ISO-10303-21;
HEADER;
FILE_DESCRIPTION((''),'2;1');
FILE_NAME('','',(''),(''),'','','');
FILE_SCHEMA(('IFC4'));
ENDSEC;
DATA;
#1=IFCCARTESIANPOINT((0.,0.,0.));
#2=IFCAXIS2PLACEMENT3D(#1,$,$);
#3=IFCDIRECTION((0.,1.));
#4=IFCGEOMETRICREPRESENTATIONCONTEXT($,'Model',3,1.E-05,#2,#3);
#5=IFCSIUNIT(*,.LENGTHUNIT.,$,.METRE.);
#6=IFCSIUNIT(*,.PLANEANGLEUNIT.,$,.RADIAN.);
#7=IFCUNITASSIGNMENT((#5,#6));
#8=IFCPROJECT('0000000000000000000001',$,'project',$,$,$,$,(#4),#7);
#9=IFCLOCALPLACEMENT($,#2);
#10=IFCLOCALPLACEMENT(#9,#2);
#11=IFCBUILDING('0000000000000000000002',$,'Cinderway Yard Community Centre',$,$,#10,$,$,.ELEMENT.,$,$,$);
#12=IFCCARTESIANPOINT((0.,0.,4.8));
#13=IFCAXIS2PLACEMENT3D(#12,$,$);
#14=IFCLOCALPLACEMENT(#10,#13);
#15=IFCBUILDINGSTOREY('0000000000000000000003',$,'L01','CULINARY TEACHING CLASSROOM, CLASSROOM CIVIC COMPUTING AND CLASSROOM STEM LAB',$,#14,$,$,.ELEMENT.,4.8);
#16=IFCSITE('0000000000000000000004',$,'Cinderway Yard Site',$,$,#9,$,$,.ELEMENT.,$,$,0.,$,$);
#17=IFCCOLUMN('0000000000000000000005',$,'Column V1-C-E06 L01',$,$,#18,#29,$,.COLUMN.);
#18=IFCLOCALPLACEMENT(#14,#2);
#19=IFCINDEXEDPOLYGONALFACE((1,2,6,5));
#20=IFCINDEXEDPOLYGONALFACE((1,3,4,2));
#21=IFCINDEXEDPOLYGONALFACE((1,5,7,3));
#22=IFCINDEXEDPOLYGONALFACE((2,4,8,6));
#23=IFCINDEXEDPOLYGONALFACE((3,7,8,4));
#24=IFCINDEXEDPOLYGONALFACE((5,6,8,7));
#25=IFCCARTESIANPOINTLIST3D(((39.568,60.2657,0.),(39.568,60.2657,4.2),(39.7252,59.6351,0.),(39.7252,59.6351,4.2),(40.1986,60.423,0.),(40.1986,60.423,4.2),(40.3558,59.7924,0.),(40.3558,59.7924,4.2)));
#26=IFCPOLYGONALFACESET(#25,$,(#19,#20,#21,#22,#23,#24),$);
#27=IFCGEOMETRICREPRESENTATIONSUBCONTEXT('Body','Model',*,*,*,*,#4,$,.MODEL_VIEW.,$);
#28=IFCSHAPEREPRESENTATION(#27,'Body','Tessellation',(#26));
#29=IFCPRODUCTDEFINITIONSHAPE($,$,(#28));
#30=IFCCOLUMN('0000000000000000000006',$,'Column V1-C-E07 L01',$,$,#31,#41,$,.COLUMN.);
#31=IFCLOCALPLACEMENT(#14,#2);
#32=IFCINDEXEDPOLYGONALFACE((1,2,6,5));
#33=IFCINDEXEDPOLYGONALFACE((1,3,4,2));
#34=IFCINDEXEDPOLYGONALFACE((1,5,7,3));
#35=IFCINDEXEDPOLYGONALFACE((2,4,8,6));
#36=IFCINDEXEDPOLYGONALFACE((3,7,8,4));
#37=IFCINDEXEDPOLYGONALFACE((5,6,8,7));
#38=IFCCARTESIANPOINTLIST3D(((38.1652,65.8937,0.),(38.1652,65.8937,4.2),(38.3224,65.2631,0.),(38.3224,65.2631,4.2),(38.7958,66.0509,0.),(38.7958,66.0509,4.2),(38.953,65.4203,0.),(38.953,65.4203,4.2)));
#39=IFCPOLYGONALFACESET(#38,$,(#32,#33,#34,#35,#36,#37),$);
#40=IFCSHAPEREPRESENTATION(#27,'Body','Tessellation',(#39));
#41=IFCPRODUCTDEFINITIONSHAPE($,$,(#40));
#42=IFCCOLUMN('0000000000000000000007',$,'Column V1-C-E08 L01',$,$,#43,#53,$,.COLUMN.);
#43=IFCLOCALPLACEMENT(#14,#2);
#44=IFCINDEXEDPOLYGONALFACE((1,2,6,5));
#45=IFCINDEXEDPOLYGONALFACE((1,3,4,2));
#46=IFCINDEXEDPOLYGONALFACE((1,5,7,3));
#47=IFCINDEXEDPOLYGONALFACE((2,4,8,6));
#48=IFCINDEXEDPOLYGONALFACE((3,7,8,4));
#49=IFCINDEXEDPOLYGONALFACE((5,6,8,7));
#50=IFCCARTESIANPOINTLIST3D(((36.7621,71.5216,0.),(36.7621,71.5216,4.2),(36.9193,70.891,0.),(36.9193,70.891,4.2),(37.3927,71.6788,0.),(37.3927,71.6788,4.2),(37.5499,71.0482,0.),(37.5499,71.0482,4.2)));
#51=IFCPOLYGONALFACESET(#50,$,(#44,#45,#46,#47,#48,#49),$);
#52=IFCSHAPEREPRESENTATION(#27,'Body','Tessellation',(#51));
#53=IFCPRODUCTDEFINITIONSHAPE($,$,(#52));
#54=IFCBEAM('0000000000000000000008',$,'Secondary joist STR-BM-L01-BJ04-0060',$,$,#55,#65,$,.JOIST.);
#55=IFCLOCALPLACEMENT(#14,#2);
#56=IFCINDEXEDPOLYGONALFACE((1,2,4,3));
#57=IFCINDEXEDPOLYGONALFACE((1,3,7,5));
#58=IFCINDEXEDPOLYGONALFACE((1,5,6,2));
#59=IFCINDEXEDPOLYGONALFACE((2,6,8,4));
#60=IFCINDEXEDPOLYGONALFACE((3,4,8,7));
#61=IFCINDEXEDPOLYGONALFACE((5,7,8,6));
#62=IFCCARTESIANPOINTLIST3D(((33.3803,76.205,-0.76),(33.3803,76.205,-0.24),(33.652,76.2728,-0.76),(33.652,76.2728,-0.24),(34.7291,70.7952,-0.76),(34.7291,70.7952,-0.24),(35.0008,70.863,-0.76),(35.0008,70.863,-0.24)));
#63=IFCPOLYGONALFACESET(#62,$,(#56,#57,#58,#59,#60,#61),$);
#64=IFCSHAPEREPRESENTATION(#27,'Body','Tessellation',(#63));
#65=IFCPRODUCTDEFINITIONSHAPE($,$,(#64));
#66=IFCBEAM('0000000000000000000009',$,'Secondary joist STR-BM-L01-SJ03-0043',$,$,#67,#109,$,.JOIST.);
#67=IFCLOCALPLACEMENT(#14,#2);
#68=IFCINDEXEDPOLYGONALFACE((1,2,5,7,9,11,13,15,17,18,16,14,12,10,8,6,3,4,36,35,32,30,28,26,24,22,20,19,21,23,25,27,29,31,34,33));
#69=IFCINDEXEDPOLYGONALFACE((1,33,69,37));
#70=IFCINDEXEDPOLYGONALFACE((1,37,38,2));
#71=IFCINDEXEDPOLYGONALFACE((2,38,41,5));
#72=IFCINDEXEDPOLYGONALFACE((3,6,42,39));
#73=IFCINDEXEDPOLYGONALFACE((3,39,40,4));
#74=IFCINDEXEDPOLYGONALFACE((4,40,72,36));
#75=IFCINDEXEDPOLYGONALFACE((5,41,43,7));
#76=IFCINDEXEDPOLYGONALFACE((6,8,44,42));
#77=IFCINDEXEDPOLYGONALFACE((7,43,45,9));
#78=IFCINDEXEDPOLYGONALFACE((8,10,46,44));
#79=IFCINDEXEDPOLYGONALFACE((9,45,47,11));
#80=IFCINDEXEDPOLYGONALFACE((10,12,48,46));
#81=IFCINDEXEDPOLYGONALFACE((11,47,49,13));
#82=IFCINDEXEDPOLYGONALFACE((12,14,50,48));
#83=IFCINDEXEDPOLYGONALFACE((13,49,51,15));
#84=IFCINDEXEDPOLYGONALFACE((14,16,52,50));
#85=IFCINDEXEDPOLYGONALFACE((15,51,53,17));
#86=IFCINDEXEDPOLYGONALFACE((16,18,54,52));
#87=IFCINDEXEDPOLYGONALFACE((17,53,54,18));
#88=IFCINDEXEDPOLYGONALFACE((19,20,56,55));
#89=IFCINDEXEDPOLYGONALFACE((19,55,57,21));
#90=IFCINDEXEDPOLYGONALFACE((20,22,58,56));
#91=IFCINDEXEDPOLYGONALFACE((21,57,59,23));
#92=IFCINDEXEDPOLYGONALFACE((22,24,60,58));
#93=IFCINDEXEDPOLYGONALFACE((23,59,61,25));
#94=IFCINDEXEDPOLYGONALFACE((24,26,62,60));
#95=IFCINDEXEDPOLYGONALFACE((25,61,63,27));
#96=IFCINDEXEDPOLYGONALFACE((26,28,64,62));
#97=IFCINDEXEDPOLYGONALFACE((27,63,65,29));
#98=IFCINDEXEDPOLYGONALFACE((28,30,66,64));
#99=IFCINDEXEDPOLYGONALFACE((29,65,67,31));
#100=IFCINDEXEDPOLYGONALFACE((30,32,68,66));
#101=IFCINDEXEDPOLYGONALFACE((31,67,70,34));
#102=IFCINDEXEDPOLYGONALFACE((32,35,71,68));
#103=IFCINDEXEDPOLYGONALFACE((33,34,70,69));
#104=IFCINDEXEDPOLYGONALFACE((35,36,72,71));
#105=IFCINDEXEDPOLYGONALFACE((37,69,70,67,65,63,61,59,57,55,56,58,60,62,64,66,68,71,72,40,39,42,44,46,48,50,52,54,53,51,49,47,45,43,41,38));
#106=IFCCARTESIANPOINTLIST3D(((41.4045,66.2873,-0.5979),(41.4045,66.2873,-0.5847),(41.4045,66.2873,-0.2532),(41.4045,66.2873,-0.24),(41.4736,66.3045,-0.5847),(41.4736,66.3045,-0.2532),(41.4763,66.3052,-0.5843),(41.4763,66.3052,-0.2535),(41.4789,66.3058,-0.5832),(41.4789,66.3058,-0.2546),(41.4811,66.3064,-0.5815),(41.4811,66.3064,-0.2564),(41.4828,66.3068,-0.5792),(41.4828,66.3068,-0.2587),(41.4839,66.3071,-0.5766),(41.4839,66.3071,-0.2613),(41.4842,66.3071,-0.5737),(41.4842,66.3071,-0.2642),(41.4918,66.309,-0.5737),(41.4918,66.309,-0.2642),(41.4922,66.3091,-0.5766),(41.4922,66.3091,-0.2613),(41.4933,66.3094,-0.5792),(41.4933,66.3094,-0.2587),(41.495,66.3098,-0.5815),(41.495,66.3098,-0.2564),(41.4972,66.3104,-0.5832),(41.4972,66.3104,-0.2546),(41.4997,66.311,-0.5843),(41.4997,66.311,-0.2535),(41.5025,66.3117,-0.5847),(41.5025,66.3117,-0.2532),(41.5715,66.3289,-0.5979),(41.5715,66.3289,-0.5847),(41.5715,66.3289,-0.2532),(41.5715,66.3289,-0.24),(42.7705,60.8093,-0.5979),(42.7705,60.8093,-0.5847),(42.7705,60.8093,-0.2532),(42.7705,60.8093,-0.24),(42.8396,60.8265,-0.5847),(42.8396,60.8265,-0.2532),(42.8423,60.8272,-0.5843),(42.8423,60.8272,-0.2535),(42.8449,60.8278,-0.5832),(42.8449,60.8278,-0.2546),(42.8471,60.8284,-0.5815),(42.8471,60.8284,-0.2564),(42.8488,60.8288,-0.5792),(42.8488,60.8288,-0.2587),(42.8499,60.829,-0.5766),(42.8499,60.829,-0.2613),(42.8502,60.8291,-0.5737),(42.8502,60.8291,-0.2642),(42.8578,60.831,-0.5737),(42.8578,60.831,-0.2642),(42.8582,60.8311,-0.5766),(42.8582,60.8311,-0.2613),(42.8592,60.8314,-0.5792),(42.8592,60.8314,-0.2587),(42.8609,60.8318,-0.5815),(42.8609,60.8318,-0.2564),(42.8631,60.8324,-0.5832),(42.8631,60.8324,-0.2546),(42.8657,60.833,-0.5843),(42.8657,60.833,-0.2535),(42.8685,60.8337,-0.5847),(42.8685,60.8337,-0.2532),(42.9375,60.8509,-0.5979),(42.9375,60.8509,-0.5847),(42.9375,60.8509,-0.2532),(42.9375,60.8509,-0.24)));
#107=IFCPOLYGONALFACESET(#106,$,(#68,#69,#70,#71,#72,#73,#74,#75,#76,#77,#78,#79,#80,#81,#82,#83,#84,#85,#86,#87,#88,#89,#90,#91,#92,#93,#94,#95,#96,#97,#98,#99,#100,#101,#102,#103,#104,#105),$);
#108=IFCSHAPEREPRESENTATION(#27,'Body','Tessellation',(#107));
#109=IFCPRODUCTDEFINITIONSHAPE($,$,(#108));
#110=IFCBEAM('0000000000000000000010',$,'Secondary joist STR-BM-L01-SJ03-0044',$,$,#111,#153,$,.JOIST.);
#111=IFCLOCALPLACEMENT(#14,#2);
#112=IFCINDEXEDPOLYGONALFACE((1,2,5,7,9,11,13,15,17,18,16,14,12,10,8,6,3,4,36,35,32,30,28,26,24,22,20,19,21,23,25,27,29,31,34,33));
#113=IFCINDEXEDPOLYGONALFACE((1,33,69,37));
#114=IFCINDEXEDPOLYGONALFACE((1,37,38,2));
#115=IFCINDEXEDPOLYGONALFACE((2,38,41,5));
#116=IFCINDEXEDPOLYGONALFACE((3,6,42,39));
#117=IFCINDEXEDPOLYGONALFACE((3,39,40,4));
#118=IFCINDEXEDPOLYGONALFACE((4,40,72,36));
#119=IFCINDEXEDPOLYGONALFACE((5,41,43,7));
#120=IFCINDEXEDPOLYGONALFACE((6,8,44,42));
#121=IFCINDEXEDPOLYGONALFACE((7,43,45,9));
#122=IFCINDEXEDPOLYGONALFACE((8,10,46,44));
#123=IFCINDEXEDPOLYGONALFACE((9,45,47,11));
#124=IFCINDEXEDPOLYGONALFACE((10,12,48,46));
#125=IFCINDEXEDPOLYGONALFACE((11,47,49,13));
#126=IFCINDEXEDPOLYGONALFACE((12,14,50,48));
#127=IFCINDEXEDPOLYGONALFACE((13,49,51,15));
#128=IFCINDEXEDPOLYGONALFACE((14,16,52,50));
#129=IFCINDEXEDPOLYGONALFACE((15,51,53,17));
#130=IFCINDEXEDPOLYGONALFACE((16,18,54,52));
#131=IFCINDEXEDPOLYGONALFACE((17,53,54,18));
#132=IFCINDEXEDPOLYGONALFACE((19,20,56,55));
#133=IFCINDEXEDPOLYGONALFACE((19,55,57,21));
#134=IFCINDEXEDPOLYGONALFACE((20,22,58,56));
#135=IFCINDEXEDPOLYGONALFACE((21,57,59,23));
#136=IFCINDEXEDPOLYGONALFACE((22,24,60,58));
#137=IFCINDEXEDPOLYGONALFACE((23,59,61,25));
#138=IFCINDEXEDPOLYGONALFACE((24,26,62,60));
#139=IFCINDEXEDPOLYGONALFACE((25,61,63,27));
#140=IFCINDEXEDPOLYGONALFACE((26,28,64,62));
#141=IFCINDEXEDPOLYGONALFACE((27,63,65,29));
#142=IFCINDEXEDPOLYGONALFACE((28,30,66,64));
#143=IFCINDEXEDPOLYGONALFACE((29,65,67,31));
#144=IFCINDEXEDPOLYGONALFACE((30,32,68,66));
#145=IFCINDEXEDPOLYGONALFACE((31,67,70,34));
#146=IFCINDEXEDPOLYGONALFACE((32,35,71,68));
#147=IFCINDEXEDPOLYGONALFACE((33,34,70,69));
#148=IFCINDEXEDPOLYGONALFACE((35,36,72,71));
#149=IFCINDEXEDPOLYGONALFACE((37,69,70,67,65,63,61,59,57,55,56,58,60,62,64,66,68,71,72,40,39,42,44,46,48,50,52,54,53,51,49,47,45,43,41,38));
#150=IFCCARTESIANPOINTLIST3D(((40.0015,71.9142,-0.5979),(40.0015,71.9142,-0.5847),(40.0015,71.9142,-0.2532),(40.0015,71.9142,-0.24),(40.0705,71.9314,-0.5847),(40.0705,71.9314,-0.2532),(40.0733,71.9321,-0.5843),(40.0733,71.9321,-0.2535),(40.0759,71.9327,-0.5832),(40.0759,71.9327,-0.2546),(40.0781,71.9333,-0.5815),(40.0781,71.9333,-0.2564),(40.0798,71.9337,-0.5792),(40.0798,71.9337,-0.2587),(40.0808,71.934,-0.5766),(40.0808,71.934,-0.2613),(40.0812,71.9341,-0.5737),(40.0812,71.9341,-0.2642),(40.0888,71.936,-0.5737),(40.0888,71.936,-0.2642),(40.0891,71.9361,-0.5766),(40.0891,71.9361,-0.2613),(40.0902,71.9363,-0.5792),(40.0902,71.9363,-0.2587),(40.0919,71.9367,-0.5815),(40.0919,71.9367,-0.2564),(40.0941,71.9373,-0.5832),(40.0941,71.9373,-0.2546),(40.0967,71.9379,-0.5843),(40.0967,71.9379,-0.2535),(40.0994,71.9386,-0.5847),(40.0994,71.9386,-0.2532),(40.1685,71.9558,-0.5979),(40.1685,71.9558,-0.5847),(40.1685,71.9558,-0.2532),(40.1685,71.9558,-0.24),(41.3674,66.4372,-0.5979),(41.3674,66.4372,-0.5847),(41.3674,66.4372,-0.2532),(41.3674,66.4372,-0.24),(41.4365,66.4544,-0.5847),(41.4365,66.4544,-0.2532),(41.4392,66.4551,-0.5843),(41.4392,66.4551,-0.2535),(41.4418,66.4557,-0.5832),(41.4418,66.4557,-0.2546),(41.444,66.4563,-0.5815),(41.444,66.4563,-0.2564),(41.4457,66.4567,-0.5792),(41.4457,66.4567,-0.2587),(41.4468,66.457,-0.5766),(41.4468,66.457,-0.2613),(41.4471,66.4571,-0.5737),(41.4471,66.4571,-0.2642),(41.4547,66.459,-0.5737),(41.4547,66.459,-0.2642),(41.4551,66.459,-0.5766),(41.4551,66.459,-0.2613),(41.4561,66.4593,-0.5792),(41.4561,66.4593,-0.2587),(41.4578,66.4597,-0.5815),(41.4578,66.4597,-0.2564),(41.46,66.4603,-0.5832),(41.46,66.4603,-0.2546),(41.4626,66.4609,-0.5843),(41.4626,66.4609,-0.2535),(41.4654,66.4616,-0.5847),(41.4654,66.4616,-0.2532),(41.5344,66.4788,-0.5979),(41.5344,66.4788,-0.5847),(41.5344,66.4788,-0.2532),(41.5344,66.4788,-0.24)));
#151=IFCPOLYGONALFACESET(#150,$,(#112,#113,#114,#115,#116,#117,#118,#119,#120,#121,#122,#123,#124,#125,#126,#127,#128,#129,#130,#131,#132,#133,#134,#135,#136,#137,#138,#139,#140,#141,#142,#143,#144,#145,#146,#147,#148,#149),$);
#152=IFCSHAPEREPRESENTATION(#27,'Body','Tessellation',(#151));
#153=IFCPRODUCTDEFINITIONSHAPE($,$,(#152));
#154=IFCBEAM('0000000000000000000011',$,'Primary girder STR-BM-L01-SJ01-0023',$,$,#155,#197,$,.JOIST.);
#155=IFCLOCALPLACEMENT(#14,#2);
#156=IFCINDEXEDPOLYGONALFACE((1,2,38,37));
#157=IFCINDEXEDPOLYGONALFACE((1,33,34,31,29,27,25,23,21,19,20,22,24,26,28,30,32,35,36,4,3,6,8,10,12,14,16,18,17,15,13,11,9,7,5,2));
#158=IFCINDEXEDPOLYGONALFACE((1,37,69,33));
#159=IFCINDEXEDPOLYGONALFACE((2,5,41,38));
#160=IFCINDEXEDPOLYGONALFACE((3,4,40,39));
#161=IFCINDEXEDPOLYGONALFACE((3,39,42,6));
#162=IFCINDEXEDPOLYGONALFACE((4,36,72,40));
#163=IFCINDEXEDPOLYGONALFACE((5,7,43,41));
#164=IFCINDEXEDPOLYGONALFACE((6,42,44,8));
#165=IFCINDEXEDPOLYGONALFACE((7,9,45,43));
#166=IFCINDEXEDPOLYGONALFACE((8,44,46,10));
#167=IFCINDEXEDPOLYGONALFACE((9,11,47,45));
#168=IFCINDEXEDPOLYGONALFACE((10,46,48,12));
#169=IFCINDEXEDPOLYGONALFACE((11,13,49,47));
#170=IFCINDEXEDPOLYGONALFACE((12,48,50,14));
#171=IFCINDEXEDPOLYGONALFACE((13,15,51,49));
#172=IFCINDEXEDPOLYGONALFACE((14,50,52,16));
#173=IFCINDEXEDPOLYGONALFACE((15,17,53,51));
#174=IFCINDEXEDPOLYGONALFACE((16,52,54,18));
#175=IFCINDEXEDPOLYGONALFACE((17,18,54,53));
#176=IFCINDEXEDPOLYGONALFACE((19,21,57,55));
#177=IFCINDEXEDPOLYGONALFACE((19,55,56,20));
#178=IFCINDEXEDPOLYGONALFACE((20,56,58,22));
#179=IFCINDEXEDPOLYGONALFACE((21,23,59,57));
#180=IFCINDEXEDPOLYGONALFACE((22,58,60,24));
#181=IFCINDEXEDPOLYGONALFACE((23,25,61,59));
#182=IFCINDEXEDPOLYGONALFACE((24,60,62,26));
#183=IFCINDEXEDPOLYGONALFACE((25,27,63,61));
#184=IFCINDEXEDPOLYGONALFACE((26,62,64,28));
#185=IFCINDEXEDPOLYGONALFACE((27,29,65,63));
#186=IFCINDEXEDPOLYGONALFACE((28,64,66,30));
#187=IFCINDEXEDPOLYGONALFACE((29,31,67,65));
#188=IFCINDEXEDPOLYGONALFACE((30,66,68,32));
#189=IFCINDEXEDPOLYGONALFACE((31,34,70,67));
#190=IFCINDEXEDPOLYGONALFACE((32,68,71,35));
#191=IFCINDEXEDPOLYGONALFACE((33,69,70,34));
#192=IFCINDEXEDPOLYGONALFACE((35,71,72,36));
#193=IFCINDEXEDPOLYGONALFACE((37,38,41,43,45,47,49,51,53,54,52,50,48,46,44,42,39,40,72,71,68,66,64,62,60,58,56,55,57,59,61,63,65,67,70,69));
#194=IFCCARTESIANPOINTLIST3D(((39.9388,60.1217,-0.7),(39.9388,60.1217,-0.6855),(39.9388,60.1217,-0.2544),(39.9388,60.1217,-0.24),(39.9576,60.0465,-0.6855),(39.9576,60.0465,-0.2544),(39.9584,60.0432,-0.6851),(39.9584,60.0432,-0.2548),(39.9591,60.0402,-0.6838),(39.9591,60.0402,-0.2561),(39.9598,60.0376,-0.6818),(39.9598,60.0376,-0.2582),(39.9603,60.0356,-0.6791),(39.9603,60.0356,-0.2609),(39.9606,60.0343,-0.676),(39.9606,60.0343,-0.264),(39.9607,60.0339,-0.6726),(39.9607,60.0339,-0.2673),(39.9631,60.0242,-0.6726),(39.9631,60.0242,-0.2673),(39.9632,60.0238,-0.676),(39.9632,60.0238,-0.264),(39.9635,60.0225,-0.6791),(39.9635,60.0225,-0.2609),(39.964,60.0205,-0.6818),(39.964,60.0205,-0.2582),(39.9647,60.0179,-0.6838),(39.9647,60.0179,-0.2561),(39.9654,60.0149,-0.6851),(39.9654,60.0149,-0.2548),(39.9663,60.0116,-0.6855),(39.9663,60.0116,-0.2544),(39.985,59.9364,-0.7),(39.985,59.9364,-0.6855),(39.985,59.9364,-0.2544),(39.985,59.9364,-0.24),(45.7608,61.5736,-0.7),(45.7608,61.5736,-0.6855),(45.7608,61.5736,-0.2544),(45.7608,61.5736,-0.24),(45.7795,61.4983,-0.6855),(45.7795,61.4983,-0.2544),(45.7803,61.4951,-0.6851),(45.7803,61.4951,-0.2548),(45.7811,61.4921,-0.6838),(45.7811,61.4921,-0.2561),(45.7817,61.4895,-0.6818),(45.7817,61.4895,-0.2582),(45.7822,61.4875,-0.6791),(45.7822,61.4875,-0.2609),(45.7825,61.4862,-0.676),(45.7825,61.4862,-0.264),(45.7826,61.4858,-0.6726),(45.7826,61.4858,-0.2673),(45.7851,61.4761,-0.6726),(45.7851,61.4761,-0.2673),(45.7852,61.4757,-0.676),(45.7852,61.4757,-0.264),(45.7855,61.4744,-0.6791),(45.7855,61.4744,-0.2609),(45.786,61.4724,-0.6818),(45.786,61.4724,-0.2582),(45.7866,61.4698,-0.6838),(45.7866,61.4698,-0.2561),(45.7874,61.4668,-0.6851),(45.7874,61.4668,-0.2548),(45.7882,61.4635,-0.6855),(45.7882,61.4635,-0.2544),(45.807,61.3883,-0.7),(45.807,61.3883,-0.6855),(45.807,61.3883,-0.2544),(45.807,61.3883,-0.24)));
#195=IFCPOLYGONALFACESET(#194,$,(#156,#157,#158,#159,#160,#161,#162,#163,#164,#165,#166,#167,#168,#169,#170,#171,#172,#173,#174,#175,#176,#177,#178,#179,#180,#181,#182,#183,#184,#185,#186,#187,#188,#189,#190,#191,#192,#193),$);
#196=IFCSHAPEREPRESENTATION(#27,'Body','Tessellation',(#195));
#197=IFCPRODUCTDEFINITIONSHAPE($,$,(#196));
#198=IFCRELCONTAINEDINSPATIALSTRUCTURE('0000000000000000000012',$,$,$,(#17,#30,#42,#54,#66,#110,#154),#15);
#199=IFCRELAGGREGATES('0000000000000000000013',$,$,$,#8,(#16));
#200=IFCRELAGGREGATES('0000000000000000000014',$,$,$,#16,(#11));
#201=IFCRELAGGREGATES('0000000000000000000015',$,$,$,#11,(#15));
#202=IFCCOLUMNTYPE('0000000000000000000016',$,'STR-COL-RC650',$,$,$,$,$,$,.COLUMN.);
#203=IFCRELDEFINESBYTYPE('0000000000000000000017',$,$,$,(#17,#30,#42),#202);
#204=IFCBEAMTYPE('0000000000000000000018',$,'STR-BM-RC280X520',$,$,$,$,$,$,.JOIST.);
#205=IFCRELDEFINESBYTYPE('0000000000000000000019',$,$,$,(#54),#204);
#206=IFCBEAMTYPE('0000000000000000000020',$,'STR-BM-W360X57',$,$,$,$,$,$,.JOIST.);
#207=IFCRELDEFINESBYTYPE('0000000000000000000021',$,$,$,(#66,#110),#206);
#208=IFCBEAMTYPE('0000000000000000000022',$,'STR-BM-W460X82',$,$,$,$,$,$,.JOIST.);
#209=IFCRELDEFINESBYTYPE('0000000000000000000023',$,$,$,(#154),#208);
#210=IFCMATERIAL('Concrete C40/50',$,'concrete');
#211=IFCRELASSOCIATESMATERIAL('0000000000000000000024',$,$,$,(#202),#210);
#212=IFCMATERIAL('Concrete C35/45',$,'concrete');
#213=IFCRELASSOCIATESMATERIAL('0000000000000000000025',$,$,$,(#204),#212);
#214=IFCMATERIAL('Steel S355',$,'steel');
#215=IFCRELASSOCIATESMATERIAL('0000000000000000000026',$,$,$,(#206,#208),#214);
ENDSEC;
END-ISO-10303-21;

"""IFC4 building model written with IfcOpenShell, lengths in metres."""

from ifc_helpers import new_model, si_unit, direction, frame, origin, origin_2d, place, context, subcontext, project, spatial, rectangle, i_section, extrude, material, material_profile, profile_set, type_object, element, save


model = new_model("IFC4")

# Units and contexts
model_context = context("Model", 3, precision=1e-05, world=origin(), true_north=direction((0.0, 1.0)))
body_context = subcontext(model_context, "Body", "Model", "MODEL_VIEW")
ifc_project = project(units=[si_unit("LENGTHUNIT", "METRE"), si_unit("PLANEANGLEUNIT", "RADIAN")], contexts=[model_context])

# Site, building, storey
site_placement = place(None, origin())
site = spatial("IfcSite", under=ifc_project, at=site_placement, Name="Cinderway Yard Site", CompositionType="ELEMENT", RefElevation=0.0)
building_placement = place(site_placement, origin())
building = spatial("IfcBuilding", under=site, at=building_placement, Name="Cinderway Yard Community Centre", CompositionType="ELEMENT")
storey_placement = place(building_placement, frame((0.0, 0.0, 4.8)))
storey = spatial("IfcBuildingStorey", under=building, at=storey_placement, Name="L01", Description="CULINARY TEACHING CLASSROOM, CLASSROOM CIVIC COMPUTING AND CLASSROOM STEM LAB", CompositionType="ELEMENT", Elevation=4.8)

# Columns
ifc_material_1 = material(Name="Concrete C40/50", Category="concrete")
ifc_material_profile_1 = material_profile(ifc_material_1, rectangle(XDim=0.6499, YDim=0.6499, at=origin_2d()), Name="Concrete C40/50")
ifc_profile_set_1 = profile_set([ifc_material_profile_1], Name="Concrete C40/50")
column_type = type_object("IfcColumnType", Name="STR-COL-RC650", PredefinedType="COLUMN", material=ifc_profile_set_1)
for number, where, z_axis, x_axis, name in (
    (1, (39.9619, 60.0291, 0.0), (0.0, 0.0, 1.0), (0.970296, 0.241922, 0.0), "Column V1-C-E06 L01"),
    (2, (38.5591, 65.657, 0.0), (0.0, 0.0, 1.0), (0.970296, 0.241922, 0.0), "Column V1-C-E07 L01"),
    (3, (37.156, 71.2849, 0.0), (0.0, 0.0, 1.0), (0.970296, 0.241922, 0.0), "Column V1-C-E08 L01"),
):
    element("IfcColumn", number, at=place(storey_placement, frame(where, z_axis=z_axis, x_axis=x_axis)), inside=storey, type_object=column_type, Name=name, PredefinedType="COLUMN", context=body_context, shape_type="SweptSolid", body=[
        extrude(rectangle(XDim=0.6499, YDim=0.6499, at=origin_2d()), origin(), (0.0, 0.0, 1.0), 4.2),
    ])

# Beams
ifc_material_2 = material(Name="Concrete C35/45", Category="concrete")
ifc_material_profile_2 = material_profile(ifc_material_2, rectangle(XDim=0.28, YDim=0.52, at=origin_2d()), Name="Concrete C35/45")
ifc_profile_set_2 = profile_set([ifc_material_profile_2], Name="Concrete C35/45")
beam_type_1 = type_object("IfcBeamType", Name="STR-BM-RC280X520", PredefinedType="JOIST", material=ifc_profile_set_2)
beam_1_placement = place(storey_placement, frame((34.865, 70.8291, -0.5), z_axis=(-0.241928, 0.970294, 0.0), x_axis=(-0.970294, -0.241928, 0.0)))
element("IfcBeam", 4, at=beam_1_placement, inside=storey, type_object=beam_type_1, Name="Secondary joist STR-BM-L01-BJ04-0060", PredefinedType="JOIST", context=body_context, shape_type="SweptSolid", body=[
    extrude(rectangle(XDim=0.28, YDim=0.52, at=origin_2d()), origin(), (0.0, 0.0, 1.0), 5.5754),
])
ifc_material_3 = material(Name="Steel S355", Category="steel")
ifc_material_profile_3 = material_profile(ifc_material_3, i_section(OverallWidth=0.1721, OverallDepth=0.3579, WebThickness=0.0078, FlangeThickness=0.0132, FilletRadius=0.011, at=origin_2d()), Name="Steel S355")
ifc_profile_set_3 = profile_set([ifc_material_profile_3], Name="Steel S355")
beam_type_2 = type_object("IfcBeamType", Name="STR-BM-W360X57", PredefinedType="JOIST", material=ifc_profile_set_3)
beam_2_placement = place(storey_placement, frame((42.854, 60.8301, -0.4189), z_axis=(-0.241945, 0.97029, 0.0), x_axis=(-0.97029, -0.241945, 0.0)))
element("IfcBeam", 5, at=beam_2_placement, inside=storey, type_object=beam_type_2, Name="Secondary joist STR-BM-L01-SJ03-0043", PredefinedType="JOIST", context=body_context, shape_type="SweptSolid", body=[
    extrude(i_section(OverallWidth=0.1721, OverallDepth=0.3579, WebThickness=0.0078, FlangeThickness=0.0132, FilletRadius=0.011, at=origin_2d()), origin(), (0.0, 0.0, 1.0), 5.6458),
])
beam_3_placement = place(storey_placement, frame((41.4509, 66.458, -0.4189), z_axis=(-0.241986, 0.97028, 0.0), x_axis=(-0.97028, -0.241986, 0.0)))
element("IfcBeam", 6, at=beam_3_placement, inside=storey, type_object=beam_type_2, Name="Secondary joist STR-BM-L01-SJ03-0044", PredefinedType="JOIST", context=body_context, shape_type="SweptSolid", body=[
    extrude(i_section(OverallWidth=0.1721, OverallDepth=0.3579, WebThickness=0.0078, FlangeThickness=0.0132, FilletRadius=0.011, at=origin_2d()), origin(), (0.0, 0.0, 1.0), 5.6448),
])
ifc_material_profile_4 = material_profile(ifc_material_3, i_section(OverallWidth=0.1909, OverallDepth=0.46, WebThickness=0.01, FlangeThickness=0.0144, FilletRadius=0.0129, at=origin_2d()), Name="Steel S355")
ifc_profile_set_4 = profile_set([ifc_material_profile_4], Name="Steel S355")
beam_type_3 = type_object("IfcBeamType", Name="STR-BM-W460X82", PredefinedType="JOIST", material=ifc_profile_set_4)
beam_4_placement = place(storey_placement, frame((39.9619, 60.0291, -0.47), z_axis=(0.970284, 0.241971, 0.0), x_axis=(-0.241971, 0.970284, 0.0)))
element("IfcBeam", 7, at=beam_4_placement, inside=storey, type_object=beam_type_3, Name="Primary girder STR-BM-L01-SJ01-0023", PredefinedType="JOIST", context=body_context, shape_type="SweptSolid", body=[
    extrude(i_section(OverallWidth=0.1909, OverallDepth=0.46, WebThickness=0.01, FlangeThickness=0.0144, FilletRadius=0.0129, at=origin_2d()), origin(), (0.0, 0.0, 1.0), 6.0002),
])

save(model, "model.ifc")
